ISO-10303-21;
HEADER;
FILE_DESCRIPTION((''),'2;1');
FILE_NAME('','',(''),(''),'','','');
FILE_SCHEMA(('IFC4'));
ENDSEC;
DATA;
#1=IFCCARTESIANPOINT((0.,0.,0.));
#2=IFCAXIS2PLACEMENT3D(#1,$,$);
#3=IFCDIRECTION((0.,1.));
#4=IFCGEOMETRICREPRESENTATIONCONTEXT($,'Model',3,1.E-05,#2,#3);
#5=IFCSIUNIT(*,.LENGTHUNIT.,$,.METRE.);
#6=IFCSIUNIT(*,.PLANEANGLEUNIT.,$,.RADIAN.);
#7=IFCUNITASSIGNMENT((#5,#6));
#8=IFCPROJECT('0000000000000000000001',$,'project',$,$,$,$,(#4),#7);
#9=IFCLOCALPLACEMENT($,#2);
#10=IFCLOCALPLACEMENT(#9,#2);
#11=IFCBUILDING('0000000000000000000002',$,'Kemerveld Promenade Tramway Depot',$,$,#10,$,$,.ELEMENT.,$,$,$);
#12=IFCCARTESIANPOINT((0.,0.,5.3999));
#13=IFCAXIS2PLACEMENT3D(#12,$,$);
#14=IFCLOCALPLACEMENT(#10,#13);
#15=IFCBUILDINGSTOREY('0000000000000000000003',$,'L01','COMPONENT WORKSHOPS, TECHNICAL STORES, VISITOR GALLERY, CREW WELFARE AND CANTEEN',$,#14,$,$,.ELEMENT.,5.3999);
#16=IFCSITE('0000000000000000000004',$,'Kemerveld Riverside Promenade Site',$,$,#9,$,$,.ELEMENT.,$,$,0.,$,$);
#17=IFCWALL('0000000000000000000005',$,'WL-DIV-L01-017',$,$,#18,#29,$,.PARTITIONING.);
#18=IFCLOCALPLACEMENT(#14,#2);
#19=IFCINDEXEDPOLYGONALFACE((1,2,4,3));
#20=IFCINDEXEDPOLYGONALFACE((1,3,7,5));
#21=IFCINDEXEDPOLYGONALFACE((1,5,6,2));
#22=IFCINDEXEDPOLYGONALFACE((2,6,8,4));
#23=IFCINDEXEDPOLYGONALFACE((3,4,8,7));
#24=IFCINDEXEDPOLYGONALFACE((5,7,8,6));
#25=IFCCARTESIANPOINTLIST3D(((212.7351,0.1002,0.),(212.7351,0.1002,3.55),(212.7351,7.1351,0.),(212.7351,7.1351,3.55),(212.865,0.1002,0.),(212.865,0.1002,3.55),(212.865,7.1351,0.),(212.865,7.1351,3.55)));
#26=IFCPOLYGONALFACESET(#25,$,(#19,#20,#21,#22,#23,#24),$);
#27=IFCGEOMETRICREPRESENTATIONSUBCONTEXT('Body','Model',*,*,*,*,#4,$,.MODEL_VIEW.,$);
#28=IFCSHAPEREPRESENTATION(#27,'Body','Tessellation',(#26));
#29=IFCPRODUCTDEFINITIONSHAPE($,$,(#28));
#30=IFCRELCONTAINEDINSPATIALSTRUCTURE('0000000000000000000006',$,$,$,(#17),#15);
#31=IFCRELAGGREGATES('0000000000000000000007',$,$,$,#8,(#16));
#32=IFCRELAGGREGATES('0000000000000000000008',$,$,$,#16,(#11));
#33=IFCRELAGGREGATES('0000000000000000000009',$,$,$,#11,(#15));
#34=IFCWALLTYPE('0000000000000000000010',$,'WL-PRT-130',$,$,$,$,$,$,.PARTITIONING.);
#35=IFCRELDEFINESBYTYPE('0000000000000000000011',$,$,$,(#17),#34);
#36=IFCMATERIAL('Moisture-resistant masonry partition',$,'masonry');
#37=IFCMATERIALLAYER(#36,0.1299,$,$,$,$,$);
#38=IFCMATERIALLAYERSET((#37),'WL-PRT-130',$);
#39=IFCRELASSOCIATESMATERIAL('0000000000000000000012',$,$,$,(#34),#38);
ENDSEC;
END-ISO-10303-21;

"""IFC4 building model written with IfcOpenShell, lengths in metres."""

from ifc_helpers import new_model, si_unit, direction, frame, frame_2d, origin, place, context, subcontext, project, spatial, rectangle, extrude, material, layer, layer_set, type_object, element, save


model = new_model("IFC4")

# Units and contexts
model_context = context("Model", 3, precision=1e-05, world=origin(), true_north=direction((0.0, 1.0)))
body_context = subcontext(model_context, "Body", "Model", "MODEL_VIEW")
ifc_project = project(units=[si_unit("LENGTHUNIT", "METRE"), si_unit("PLANEANGLEUNIT", "RADIAN")], contexts=[model_context])

# Site, building, storey
site_placement = place(None, origin())
site = spatial("IfcSite", under=ifc_project, at=site_placement, Name="Kemerveld Riverside Promenade Site", CompositionType="ELEMENT", RefElevation=0.0)
building_placement = place(site_placement, origin())
building = spatial("IfcBuilding", under=site, at=building_placement, Name="Kemerveld Promenade Tramway Depot", CompositionType="ELEMENT")
storey_placement = place(building_placement, frame((0.0, 0.0, 5.3999)))
storey = spatial("IfcBuildingStorey", under=building, at=storey_placement, Name="L01", Description="COMPONENT WORKSHOPS, TECHNICAL STORES, VISITOR GALLERY, CREW WELFARE AND CANTEEN", CompositionType="ELEMENT", Elevation=5.3999)

# Wall
ifc_material_1 = material(Name="Moisture-resistant masonry partition", Category="masonry")
ifc_layer_1 = layer(ifc_material_1, 0.1299)
ifc_layer_set_1 = layer_set([ifc_layer_1], Name="WL-PRT-130")
wall_type = type_object("IfcWallType", Name="WL-PRT-130", PredefinedType="PARTITIONING", material=ifc_layer_set_1)
wall_placement = place(storey_placement, frame((212.8, 0.1001, 0.0), z_axis=(0.0, 0.0, 1.0), x_axis=(0.0, 1.0, 0.0)))
element("IfcWall", 1, at=wall_placement, inside=storey, type_object=wall_type, Name="WL-DIV-L01-017", PredefinedType="PARTITIONING", context=body_context, shape_type="SweptSolid", body=[
    extrude(rectangle(XDim=7.0349, YDim=0.1299, at=frame_2d((3.5176, 0.0))), origin(), (0.0, 0.0, 1.0), 3.55),
])

save(model, "model.ifc")
